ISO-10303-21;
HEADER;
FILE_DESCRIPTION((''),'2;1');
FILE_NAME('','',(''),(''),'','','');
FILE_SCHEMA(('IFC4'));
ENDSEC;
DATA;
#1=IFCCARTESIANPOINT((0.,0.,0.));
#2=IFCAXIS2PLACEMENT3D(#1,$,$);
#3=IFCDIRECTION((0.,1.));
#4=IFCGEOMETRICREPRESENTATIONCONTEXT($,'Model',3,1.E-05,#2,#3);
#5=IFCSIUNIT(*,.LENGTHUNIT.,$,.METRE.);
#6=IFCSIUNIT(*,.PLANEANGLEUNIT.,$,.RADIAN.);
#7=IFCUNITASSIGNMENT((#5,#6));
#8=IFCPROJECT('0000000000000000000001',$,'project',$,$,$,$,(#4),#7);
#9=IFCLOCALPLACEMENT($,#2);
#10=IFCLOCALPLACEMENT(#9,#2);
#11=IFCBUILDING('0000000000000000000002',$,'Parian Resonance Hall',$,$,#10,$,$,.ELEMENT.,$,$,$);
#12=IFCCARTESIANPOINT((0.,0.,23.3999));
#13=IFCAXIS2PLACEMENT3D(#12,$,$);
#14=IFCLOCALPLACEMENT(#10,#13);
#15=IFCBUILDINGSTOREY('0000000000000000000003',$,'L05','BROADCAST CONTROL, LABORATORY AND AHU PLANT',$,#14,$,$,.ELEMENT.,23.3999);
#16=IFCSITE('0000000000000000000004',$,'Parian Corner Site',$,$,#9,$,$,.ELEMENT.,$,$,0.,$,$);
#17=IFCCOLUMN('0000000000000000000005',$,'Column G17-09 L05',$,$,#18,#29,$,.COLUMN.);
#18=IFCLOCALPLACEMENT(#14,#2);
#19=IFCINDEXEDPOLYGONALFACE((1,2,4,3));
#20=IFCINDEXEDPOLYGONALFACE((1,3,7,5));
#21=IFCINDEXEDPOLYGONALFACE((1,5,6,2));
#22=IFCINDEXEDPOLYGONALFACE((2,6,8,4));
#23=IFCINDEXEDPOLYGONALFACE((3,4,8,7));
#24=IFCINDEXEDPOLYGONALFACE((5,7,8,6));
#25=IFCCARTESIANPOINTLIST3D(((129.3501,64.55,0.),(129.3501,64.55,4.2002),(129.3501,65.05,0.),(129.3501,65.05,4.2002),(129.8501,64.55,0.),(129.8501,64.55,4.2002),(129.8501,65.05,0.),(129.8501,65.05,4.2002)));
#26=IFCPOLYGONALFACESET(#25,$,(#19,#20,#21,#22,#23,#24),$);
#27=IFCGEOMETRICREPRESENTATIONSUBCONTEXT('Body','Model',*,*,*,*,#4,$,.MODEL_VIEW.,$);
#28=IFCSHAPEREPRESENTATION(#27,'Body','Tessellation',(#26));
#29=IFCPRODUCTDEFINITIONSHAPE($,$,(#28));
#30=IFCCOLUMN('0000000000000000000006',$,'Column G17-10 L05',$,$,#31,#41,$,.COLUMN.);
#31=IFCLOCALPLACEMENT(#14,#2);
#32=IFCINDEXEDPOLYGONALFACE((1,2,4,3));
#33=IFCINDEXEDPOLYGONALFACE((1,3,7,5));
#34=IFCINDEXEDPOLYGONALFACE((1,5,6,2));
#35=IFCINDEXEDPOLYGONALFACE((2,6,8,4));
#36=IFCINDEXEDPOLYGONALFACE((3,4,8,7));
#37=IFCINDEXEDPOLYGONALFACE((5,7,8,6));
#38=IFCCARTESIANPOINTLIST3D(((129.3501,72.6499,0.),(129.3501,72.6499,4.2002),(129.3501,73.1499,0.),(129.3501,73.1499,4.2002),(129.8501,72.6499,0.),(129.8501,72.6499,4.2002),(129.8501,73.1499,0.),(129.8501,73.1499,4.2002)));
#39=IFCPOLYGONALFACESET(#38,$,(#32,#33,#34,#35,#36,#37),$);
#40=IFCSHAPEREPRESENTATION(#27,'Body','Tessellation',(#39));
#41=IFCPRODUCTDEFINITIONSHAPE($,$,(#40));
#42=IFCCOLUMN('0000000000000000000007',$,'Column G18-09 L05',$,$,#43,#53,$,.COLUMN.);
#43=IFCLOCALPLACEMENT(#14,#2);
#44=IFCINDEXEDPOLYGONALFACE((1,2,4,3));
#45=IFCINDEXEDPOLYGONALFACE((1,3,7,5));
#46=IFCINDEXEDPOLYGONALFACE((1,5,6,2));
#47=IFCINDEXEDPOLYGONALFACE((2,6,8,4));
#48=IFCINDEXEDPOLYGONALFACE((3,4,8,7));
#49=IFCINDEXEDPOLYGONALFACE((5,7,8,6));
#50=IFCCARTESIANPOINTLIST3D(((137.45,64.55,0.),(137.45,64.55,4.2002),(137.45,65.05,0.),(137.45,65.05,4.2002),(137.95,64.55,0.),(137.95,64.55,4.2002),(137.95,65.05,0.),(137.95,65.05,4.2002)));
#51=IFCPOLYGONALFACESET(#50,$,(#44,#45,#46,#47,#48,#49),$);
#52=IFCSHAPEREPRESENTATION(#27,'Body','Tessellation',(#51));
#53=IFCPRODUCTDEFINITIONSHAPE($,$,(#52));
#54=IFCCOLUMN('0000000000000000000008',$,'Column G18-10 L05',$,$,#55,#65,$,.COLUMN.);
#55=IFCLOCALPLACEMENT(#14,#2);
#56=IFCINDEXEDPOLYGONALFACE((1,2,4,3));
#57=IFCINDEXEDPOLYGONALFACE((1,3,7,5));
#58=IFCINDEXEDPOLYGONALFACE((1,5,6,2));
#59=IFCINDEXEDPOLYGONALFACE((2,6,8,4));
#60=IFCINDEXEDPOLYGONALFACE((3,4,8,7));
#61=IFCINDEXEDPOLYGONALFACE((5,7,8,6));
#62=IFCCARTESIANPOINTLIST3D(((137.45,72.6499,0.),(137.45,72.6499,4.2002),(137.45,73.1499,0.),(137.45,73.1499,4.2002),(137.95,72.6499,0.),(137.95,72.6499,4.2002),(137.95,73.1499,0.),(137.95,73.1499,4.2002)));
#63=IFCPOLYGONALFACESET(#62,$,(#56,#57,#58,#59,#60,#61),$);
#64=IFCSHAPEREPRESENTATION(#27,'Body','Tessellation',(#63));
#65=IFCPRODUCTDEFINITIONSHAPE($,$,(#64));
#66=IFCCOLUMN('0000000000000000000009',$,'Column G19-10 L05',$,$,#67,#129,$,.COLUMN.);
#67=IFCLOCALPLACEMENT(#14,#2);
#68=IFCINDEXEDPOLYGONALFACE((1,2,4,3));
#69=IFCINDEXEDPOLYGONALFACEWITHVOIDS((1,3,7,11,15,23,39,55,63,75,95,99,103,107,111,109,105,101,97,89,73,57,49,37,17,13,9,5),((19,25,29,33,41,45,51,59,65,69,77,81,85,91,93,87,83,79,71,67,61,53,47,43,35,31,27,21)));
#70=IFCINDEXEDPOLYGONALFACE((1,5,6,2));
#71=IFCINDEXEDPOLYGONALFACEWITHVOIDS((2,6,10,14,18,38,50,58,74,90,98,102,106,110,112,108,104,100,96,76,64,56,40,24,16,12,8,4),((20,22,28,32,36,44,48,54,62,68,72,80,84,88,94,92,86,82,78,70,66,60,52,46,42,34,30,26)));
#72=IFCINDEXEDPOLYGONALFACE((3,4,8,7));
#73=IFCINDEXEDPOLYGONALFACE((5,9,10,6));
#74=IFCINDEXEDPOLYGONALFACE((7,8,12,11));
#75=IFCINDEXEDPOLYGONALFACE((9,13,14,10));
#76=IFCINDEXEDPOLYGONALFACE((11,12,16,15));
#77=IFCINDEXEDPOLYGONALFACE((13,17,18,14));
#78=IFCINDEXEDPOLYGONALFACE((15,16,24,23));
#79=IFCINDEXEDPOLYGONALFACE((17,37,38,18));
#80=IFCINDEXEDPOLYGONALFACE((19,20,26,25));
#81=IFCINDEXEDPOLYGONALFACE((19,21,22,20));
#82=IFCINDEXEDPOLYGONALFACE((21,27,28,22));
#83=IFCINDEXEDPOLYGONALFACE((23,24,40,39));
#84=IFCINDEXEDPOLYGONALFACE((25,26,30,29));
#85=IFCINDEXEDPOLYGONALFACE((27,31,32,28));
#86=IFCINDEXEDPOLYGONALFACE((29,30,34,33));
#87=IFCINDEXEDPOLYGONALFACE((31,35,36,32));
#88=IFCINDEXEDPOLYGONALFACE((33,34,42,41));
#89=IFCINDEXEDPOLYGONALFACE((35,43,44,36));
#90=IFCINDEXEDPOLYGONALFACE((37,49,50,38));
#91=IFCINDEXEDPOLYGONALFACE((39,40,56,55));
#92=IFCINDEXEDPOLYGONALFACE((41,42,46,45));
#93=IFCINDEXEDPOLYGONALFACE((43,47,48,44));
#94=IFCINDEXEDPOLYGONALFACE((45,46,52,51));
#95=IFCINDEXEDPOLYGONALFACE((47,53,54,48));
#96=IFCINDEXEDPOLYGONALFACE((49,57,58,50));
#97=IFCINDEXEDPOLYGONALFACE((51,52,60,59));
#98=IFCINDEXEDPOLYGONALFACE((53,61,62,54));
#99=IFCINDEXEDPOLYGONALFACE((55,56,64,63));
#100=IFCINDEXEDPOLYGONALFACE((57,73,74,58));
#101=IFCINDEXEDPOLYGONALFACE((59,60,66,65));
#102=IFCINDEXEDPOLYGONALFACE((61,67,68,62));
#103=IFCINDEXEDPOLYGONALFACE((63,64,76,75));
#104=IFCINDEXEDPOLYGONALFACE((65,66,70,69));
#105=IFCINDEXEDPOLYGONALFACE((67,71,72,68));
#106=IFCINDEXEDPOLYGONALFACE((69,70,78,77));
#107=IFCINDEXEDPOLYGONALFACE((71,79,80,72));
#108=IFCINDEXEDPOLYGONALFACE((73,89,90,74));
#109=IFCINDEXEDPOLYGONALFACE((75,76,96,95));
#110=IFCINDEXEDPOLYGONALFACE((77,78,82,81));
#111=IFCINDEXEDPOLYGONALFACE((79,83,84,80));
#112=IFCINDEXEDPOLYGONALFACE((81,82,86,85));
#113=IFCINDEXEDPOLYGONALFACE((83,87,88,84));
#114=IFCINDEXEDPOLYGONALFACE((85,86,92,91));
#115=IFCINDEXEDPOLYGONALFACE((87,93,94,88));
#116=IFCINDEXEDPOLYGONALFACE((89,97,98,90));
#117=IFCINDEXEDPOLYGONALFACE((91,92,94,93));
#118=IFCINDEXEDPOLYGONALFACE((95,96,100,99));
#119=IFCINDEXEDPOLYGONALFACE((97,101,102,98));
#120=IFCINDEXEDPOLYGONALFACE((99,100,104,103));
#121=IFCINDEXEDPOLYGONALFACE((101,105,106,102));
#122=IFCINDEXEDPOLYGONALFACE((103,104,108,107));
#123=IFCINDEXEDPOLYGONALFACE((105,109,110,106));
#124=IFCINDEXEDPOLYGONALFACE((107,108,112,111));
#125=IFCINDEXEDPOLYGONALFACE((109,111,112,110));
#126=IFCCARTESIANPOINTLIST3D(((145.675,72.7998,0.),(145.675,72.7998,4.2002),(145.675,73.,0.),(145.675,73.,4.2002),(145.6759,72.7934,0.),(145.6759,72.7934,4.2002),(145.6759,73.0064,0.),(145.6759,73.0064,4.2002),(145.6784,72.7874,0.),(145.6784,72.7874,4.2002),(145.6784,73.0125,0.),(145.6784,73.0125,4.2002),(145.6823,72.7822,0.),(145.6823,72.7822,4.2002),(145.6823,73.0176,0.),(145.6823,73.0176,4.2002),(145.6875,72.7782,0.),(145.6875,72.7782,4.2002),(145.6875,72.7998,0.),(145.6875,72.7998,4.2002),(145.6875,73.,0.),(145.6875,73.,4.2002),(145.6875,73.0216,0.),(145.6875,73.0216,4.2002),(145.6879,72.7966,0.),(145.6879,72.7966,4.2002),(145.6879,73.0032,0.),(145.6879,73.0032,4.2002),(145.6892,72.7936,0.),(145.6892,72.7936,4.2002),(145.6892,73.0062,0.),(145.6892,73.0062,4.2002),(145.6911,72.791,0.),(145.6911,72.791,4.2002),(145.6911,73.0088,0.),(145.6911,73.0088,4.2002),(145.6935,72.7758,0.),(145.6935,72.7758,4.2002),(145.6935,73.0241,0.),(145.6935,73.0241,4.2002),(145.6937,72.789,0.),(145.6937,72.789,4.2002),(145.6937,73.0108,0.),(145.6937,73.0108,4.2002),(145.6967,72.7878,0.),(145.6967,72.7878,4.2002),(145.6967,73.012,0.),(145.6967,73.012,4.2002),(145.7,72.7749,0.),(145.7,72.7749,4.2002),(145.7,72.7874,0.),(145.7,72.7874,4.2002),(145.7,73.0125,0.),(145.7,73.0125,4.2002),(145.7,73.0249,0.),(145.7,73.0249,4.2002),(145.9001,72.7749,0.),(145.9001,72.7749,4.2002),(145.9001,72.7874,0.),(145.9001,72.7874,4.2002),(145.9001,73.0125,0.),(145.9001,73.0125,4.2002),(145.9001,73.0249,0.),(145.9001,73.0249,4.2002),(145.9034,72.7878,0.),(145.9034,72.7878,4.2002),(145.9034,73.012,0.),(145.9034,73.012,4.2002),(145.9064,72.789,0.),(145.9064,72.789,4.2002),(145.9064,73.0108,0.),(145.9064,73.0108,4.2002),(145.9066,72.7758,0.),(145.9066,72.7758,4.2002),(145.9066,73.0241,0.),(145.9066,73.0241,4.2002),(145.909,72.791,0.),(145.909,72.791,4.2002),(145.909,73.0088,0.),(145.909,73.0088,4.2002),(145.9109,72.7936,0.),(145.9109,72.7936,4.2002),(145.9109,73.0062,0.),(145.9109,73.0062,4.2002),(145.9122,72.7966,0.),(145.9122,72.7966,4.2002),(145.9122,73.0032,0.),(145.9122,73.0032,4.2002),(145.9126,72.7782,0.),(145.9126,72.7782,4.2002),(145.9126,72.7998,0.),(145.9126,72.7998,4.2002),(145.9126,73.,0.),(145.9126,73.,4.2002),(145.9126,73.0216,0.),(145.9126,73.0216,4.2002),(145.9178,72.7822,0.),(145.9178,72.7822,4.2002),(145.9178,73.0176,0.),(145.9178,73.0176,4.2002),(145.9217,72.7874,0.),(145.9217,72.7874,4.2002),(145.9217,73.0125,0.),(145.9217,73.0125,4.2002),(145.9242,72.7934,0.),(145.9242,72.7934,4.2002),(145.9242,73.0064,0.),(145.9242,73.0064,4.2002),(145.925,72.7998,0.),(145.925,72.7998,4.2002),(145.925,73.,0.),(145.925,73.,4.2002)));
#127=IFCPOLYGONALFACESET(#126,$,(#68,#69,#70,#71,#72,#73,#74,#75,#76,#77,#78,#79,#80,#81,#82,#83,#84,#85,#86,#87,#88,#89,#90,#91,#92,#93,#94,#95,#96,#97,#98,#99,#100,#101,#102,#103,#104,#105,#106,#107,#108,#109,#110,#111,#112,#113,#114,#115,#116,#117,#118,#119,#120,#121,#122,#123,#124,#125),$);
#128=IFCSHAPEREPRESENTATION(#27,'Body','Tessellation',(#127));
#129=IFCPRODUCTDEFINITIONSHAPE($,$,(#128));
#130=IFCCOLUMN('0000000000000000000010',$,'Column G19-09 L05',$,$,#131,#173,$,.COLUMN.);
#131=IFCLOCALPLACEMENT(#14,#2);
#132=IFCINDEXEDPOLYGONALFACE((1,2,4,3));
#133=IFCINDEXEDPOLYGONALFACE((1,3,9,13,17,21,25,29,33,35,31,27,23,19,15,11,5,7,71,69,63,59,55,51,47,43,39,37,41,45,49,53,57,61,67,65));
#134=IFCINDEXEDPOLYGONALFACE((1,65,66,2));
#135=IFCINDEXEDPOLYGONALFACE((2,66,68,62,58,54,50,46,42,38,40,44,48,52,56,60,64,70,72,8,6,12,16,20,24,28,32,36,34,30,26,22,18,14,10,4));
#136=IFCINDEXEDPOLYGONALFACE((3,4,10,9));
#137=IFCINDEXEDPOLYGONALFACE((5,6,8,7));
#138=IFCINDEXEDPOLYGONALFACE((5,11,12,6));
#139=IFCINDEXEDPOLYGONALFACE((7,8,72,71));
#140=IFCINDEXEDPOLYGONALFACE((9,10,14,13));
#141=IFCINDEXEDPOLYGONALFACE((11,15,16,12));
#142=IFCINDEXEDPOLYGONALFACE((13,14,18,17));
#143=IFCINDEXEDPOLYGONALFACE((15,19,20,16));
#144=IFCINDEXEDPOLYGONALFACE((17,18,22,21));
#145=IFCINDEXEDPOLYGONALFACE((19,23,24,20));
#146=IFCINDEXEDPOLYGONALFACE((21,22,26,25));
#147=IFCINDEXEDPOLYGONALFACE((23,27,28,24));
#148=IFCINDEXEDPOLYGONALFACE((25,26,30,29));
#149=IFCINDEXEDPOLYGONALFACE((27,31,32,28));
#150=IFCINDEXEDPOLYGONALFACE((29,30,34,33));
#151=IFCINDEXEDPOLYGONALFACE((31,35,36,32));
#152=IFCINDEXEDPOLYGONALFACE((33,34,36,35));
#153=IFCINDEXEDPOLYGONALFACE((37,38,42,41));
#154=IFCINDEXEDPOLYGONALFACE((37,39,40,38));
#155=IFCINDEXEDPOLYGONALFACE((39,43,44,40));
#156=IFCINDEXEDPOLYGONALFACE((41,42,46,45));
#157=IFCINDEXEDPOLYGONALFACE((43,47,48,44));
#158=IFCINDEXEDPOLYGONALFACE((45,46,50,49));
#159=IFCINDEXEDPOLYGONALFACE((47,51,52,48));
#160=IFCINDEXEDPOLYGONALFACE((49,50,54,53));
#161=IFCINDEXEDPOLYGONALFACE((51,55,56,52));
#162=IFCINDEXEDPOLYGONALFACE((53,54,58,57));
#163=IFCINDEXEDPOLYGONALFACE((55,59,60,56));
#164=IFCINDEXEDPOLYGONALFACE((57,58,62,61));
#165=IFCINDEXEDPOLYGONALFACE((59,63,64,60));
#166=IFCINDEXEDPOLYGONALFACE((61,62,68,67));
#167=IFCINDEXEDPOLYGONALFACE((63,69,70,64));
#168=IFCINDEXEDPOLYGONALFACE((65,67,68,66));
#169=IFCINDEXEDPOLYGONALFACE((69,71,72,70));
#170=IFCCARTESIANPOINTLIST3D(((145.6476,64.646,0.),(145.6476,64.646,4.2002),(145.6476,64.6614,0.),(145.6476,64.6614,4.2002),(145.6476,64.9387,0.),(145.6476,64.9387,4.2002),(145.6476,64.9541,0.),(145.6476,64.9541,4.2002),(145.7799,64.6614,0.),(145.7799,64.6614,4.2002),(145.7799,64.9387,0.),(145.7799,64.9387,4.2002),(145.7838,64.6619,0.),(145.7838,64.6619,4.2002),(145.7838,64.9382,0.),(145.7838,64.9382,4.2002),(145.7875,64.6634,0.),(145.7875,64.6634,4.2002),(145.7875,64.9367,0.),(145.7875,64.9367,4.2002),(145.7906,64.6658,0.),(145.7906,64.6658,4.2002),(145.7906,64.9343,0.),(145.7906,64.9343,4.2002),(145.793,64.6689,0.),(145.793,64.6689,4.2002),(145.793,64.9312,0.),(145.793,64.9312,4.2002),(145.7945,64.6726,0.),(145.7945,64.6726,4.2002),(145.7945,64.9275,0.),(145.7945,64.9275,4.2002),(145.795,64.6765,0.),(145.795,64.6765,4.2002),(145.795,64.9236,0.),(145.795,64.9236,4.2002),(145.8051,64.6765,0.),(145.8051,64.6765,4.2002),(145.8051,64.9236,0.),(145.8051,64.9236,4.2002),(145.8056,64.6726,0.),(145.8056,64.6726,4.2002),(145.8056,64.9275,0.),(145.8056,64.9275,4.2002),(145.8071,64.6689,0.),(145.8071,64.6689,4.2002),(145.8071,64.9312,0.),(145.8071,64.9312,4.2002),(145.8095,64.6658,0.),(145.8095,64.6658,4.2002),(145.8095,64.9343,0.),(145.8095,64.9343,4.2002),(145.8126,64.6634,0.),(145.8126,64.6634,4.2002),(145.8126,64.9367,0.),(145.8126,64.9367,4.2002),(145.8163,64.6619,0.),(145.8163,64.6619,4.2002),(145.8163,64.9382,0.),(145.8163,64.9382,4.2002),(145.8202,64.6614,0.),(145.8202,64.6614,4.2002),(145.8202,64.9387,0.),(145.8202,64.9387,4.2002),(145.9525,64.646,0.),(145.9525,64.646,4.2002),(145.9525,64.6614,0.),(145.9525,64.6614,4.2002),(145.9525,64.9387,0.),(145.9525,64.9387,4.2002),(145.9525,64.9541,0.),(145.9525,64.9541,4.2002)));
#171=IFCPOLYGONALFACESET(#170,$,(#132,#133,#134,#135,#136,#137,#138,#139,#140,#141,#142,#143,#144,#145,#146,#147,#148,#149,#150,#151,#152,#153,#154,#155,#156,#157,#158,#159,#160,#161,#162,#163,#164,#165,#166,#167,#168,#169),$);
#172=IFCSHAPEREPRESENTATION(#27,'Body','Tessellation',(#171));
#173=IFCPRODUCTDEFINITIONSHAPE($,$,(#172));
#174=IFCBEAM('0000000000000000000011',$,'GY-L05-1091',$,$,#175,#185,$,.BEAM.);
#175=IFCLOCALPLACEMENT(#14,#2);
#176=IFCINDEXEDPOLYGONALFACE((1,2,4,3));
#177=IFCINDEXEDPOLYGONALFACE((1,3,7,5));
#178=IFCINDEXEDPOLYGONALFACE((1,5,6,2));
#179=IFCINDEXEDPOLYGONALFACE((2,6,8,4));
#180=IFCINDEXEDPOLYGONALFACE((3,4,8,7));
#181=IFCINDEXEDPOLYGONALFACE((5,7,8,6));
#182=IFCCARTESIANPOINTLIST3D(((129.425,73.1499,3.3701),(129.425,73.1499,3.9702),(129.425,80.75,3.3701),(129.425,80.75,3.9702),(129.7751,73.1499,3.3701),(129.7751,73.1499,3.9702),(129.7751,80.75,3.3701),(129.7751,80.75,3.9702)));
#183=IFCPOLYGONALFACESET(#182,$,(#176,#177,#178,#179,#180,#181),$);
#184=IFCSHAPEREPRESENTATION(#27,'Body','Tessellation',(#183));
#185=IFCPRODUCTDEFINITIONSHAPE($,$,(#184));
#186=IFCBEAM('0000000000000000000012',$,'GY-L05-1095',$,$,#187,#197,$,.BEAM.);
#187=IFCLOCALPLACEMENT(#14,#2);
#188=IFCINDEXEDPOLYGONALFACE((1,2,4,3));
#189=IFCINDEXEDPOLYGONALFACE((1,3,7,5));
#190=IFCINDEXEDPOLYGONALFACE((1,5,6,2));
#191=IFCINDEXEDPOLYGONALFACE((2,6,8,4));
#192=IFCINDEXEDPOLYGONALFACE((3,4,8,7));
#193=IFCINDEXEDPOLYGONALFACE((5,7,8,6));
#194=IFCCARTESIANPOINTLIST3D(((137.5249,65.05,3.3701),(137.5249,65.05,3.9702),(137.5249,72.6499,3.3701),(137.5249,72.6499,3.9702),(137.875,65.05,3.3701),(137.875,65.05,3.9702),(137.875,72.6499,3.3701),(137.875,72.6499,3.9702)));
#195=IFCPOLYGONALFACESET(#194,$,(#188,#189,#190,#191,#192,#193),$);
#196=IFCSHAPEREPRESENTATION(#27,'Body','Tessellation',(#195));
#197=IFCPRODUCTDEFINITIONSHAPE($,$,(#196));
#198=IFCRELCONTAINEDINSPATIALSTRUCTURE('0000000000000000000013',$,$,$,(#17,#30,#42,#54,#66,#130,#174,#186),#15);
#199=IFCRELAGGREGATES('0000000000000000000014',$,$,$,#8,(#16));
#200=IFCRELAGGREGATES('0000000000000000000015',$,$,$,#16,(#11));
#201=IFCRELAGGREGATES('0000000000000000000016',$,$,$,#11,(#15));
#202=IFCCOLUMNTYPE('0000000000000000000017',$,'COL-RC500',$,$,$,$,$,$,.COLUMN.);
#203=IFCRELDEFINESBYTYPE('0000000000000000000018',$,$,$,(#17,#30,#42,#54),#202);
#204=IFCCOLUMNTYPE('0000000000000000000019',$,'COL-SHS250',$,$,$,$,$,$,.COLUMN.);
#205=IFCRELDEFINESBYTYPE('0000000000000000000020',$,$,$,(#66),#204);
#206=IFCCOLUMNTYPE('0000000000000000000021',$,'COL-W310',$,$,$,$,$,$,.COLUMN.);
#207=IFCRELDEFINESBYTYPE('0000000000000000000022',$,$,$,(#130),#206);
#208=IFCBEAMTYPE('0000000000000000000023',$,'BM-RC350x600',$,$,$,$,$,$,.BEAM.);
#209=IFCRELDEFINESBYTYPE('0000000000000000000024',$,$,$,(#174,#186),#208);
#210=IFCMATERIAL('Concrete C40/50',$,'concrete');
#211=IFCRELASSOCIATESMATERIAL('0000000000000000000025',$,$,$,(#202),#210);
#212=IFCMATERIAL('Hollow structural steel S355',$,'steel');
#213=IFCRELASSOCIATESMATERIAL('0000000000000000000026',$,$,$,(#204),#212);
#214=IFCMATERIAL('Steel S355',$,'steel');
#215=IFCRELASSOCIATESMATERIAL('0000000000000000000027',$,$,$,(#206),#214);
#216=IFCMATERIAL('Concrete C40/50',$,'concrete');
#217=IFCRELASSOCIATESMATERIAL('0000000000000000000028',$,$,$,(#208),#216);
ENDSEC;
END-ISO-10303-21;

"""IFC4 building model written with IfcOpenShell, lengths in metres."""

from ifc_helpers import new_model, si_unit, direction, frame, origin, origin_2d, place, context, subcontext, project, spatial, rectangle, hollow_rectangle, i_section, extrude, material, material_profile, profile_set, type_object, element, save


model = new_model("IFC4")

# Units and contexts
model_context = context("Model", 3, precision=1e-05, world=origin(), true_north=direction((0.0, 1.0)))
body_context = subcontext(model_context, "Body", "Model", "MODEL_VIEW")
ifc_project = project(units=[si_unit("LENGTHUNIT", "METRE"), si_unit("PLANEANGLEUNIT", "RADIAN")], contexts=[model_context])

# Site, building, storey
site_placement = place(None, origin())
site = spatial("IfcSite", under=ifc_project, at=site_placement, Name="Parian Corner Site", CompositionType="ELEMENT", RefElevation=0.0)
building_placement = place(site_placement, origin())
building = spatial("IfcBuilding", under=site, at=building_placement, Name="Parian Resonance Hall", CompositionType="ELEMENT")
storey_placement = place(building_placement, frame((0.0, 0.0, 23.3999)))
storey = spatial("IfcBuildingStorey", under=building, at=storey_placement, Name="L05", Description="BROADCAST CONTROL, LABORATORY AND AHU PLANT", CompositionType="ELEMENT", Elevation=23.3999)

# Columns
ifc_material_1 = material(Name="Concrete C40/50", Category="concrete")
ifc_material_profile_1 = material_profile(ifc_material_1, rectangle(XDim=0.5, YDim=0.5, at=origin_2d()), Name="RC-COL-500x500")
ifc_profile_set_1 = profile_set([ifc_material_profile_1], Name="Concrete C40/50")
column_type_1 = type_object("IfcColumnType", Name="COL-RC500", PredefinedType="COLUMN", material=ifc_profile_set_1)
for number, where, z_axis, x_axis, name in (
    (1, (129.6001, 64.8, 0.0), (0.0, 0.0, 1.0), (1.0, 0.0, 0.0), "Column G17-09 L05"),
    (2, (129.6001, 72.8999, 0.0), (0.0, 0.0, 1.0), (1.0, 0.0, 0.0), "Column G17-10 L05"),
    (3, (137.7, 64.8, 0.0), (0.0, 0.0, 1.0), (1.0, 0.0, 0.0), "Column G18-09 L05"),
    (4, (137.7, 72.8999, 0.0), (0.0, 0.0, 1.0), (1.0, 0.0, 0.0), "Column G18-10 L05"),
):
    element("IfcColumn", number, at=place(storey_placement, frame(where, z_axis=z_axis, x_axis=x_axis)), inside=storey, type_object=column_type_1, Name=name, PredefinedType="COLUMN", context=body_context, shape_type="SweptSolid", body=[
        extrude(rectangle(XDim=0.5, YDim=0.5, at=origin_2d()), origin(), (0.0, 0.0, 1.0), 4.2002),
    ])
ifc_material_2 = material(Name="Hollow structural steel S355", Category="steel")
ifc_material_profile_2 = material_profile(ifc_material_2, hollow_rectangle(XDim=0.25, YDim=0.25, WallThickness=0.0125, InnerFilletRadius=0.0125, OuterFilletRadius=0.0249, at=origin_2d()), Name="SHS250x250x12.5")
ifc_profile_set_2 = profile_set([ifc_material_profile_2], Name="Hollow structural steel S355")
column_type_2 = type_object("IfcColumnType", Name="COL-SHS250", PredefinedType="COLUMN", material=ifc_profile_set_2)
column_1_placement = place(storey_placement, frame((145.8, 72.8999, 0.0), z_axis=(0.0, 0.0, 1.0), x_axis=(1.0, 0.0, 0.0)))
element("IfcColumn", 5, at=column_1_placement, inside=storey, type_object=column_type_2, Name="Column G19-10 L05", PredefinedType="COLUMN", context=body_context, shape_type="SweptSolid", body=[
    extrude(hollow_rectangle(XDim=0.25, YDim=0.25, WallThickness=0.0125, InnerFilletRadius=0.0125, OuterFilletRadius=0.0249, at=origin_2d()), origin(), (0.0, 0.0, 1.0), 4.2002),
])
ifc_material_3 = material(Name="Steel S355", Category="steel")
ifc_material_profile_3 = material_profile(ifc_material_3, i_section(OverallWidth=0.3049, OverallDepth=0.3081, WebThickness=0.01, FlangeThickness=0.0154, FilletRadius=0.0151, at=origin_2d()), Name="W310x97")
ifc_profile_set_3 = profile_set([ifc_material_profile_3], Name="Steel S355")
column_type_3 = type_object("IfcColumnType", Name="COL-W310", PredefinedType="COLUMN", material=ifc_profile_set_3)
column_2_placement = place(storey_placement, frame((145.8, 64.8, 0.0), z_axis=(0.0, 0.0, 1.0), x_axis=(1.0, 0.0, 0.0)))
element("IfcColumn", 6, at=column_2_placement, inside=storey, type_object=column_type_3, Name="Column G19-09 L05", PredefinedType="COLUMN", context=body_context, shape_type="SweptSolid", body=[
    extrude(i_section(OverallWidth=0.3049, OverallDepth=0.3081, WebThickness=0.01, FlangeThickness=0.0154, FilletRadius=0.0151, at=origin_2d()), origin(), (0.0, 0.0, 1.0), 4.2002),
])

# Beams
ifc_material_4 = material(Name="Concrete C40/50", Category="concrete")
ifc_material_profile_4 = material_profile(ifc_material_4, rectangle(XDim=0.3501, YDim=0.6001, at=origin_2d()), Name="RC-BM-350x600")
ifc_profile_set_4 = profile_set([ifc_material_profile_4], Name="Concrete C40/50")
beam_type_1 = type_object("IfcBeamType", Name="BM-RC350x600", PredefinedType="BEAM", material=ifc_profile_set_4)
beam_1_placement = place(storey_placement, frame((129.6001, 73.1499, 3.6702), z_axis=(0.0, 1.0, 0.0), x_axis=(-1.0, 0.0, 0.0)))
element("IfcBeam", 7, at=beam_1_placement, inside=storey, type_object=beam_type_1, Name="GY-L05-1091", PredefinedType="BEAM", context=body_context, shape_type="SweptSolid", body=[
    extrude(rectangle(XDim=0.3501, YDim=0.6001, at=origin_2d()), origin(), (0.0, 0.0, 1.0), 7.6001),
])
beam_2_placement = place(storey_placement, frame((137.7, 65.05, 3.6702), z_axis=(0.0, 1.0, 0.0), x_axis=(-1.0, 0.0, 0.0)))
element("IfcBeam", 8, at=beam_2_placement, inside=storey, type_object=beam_type_1, Name="GY-L05-1095", PredefinedType="BEAM", context=body_context, shape_type="SweptSolid", body=[
    extrude(rectangle(XDim=0.3501, YDim=0.6001, at=origin_2d()), origin(), (0.0, 0.0, 1.0), 7.5999),
])

save(model, "model.ifc")
